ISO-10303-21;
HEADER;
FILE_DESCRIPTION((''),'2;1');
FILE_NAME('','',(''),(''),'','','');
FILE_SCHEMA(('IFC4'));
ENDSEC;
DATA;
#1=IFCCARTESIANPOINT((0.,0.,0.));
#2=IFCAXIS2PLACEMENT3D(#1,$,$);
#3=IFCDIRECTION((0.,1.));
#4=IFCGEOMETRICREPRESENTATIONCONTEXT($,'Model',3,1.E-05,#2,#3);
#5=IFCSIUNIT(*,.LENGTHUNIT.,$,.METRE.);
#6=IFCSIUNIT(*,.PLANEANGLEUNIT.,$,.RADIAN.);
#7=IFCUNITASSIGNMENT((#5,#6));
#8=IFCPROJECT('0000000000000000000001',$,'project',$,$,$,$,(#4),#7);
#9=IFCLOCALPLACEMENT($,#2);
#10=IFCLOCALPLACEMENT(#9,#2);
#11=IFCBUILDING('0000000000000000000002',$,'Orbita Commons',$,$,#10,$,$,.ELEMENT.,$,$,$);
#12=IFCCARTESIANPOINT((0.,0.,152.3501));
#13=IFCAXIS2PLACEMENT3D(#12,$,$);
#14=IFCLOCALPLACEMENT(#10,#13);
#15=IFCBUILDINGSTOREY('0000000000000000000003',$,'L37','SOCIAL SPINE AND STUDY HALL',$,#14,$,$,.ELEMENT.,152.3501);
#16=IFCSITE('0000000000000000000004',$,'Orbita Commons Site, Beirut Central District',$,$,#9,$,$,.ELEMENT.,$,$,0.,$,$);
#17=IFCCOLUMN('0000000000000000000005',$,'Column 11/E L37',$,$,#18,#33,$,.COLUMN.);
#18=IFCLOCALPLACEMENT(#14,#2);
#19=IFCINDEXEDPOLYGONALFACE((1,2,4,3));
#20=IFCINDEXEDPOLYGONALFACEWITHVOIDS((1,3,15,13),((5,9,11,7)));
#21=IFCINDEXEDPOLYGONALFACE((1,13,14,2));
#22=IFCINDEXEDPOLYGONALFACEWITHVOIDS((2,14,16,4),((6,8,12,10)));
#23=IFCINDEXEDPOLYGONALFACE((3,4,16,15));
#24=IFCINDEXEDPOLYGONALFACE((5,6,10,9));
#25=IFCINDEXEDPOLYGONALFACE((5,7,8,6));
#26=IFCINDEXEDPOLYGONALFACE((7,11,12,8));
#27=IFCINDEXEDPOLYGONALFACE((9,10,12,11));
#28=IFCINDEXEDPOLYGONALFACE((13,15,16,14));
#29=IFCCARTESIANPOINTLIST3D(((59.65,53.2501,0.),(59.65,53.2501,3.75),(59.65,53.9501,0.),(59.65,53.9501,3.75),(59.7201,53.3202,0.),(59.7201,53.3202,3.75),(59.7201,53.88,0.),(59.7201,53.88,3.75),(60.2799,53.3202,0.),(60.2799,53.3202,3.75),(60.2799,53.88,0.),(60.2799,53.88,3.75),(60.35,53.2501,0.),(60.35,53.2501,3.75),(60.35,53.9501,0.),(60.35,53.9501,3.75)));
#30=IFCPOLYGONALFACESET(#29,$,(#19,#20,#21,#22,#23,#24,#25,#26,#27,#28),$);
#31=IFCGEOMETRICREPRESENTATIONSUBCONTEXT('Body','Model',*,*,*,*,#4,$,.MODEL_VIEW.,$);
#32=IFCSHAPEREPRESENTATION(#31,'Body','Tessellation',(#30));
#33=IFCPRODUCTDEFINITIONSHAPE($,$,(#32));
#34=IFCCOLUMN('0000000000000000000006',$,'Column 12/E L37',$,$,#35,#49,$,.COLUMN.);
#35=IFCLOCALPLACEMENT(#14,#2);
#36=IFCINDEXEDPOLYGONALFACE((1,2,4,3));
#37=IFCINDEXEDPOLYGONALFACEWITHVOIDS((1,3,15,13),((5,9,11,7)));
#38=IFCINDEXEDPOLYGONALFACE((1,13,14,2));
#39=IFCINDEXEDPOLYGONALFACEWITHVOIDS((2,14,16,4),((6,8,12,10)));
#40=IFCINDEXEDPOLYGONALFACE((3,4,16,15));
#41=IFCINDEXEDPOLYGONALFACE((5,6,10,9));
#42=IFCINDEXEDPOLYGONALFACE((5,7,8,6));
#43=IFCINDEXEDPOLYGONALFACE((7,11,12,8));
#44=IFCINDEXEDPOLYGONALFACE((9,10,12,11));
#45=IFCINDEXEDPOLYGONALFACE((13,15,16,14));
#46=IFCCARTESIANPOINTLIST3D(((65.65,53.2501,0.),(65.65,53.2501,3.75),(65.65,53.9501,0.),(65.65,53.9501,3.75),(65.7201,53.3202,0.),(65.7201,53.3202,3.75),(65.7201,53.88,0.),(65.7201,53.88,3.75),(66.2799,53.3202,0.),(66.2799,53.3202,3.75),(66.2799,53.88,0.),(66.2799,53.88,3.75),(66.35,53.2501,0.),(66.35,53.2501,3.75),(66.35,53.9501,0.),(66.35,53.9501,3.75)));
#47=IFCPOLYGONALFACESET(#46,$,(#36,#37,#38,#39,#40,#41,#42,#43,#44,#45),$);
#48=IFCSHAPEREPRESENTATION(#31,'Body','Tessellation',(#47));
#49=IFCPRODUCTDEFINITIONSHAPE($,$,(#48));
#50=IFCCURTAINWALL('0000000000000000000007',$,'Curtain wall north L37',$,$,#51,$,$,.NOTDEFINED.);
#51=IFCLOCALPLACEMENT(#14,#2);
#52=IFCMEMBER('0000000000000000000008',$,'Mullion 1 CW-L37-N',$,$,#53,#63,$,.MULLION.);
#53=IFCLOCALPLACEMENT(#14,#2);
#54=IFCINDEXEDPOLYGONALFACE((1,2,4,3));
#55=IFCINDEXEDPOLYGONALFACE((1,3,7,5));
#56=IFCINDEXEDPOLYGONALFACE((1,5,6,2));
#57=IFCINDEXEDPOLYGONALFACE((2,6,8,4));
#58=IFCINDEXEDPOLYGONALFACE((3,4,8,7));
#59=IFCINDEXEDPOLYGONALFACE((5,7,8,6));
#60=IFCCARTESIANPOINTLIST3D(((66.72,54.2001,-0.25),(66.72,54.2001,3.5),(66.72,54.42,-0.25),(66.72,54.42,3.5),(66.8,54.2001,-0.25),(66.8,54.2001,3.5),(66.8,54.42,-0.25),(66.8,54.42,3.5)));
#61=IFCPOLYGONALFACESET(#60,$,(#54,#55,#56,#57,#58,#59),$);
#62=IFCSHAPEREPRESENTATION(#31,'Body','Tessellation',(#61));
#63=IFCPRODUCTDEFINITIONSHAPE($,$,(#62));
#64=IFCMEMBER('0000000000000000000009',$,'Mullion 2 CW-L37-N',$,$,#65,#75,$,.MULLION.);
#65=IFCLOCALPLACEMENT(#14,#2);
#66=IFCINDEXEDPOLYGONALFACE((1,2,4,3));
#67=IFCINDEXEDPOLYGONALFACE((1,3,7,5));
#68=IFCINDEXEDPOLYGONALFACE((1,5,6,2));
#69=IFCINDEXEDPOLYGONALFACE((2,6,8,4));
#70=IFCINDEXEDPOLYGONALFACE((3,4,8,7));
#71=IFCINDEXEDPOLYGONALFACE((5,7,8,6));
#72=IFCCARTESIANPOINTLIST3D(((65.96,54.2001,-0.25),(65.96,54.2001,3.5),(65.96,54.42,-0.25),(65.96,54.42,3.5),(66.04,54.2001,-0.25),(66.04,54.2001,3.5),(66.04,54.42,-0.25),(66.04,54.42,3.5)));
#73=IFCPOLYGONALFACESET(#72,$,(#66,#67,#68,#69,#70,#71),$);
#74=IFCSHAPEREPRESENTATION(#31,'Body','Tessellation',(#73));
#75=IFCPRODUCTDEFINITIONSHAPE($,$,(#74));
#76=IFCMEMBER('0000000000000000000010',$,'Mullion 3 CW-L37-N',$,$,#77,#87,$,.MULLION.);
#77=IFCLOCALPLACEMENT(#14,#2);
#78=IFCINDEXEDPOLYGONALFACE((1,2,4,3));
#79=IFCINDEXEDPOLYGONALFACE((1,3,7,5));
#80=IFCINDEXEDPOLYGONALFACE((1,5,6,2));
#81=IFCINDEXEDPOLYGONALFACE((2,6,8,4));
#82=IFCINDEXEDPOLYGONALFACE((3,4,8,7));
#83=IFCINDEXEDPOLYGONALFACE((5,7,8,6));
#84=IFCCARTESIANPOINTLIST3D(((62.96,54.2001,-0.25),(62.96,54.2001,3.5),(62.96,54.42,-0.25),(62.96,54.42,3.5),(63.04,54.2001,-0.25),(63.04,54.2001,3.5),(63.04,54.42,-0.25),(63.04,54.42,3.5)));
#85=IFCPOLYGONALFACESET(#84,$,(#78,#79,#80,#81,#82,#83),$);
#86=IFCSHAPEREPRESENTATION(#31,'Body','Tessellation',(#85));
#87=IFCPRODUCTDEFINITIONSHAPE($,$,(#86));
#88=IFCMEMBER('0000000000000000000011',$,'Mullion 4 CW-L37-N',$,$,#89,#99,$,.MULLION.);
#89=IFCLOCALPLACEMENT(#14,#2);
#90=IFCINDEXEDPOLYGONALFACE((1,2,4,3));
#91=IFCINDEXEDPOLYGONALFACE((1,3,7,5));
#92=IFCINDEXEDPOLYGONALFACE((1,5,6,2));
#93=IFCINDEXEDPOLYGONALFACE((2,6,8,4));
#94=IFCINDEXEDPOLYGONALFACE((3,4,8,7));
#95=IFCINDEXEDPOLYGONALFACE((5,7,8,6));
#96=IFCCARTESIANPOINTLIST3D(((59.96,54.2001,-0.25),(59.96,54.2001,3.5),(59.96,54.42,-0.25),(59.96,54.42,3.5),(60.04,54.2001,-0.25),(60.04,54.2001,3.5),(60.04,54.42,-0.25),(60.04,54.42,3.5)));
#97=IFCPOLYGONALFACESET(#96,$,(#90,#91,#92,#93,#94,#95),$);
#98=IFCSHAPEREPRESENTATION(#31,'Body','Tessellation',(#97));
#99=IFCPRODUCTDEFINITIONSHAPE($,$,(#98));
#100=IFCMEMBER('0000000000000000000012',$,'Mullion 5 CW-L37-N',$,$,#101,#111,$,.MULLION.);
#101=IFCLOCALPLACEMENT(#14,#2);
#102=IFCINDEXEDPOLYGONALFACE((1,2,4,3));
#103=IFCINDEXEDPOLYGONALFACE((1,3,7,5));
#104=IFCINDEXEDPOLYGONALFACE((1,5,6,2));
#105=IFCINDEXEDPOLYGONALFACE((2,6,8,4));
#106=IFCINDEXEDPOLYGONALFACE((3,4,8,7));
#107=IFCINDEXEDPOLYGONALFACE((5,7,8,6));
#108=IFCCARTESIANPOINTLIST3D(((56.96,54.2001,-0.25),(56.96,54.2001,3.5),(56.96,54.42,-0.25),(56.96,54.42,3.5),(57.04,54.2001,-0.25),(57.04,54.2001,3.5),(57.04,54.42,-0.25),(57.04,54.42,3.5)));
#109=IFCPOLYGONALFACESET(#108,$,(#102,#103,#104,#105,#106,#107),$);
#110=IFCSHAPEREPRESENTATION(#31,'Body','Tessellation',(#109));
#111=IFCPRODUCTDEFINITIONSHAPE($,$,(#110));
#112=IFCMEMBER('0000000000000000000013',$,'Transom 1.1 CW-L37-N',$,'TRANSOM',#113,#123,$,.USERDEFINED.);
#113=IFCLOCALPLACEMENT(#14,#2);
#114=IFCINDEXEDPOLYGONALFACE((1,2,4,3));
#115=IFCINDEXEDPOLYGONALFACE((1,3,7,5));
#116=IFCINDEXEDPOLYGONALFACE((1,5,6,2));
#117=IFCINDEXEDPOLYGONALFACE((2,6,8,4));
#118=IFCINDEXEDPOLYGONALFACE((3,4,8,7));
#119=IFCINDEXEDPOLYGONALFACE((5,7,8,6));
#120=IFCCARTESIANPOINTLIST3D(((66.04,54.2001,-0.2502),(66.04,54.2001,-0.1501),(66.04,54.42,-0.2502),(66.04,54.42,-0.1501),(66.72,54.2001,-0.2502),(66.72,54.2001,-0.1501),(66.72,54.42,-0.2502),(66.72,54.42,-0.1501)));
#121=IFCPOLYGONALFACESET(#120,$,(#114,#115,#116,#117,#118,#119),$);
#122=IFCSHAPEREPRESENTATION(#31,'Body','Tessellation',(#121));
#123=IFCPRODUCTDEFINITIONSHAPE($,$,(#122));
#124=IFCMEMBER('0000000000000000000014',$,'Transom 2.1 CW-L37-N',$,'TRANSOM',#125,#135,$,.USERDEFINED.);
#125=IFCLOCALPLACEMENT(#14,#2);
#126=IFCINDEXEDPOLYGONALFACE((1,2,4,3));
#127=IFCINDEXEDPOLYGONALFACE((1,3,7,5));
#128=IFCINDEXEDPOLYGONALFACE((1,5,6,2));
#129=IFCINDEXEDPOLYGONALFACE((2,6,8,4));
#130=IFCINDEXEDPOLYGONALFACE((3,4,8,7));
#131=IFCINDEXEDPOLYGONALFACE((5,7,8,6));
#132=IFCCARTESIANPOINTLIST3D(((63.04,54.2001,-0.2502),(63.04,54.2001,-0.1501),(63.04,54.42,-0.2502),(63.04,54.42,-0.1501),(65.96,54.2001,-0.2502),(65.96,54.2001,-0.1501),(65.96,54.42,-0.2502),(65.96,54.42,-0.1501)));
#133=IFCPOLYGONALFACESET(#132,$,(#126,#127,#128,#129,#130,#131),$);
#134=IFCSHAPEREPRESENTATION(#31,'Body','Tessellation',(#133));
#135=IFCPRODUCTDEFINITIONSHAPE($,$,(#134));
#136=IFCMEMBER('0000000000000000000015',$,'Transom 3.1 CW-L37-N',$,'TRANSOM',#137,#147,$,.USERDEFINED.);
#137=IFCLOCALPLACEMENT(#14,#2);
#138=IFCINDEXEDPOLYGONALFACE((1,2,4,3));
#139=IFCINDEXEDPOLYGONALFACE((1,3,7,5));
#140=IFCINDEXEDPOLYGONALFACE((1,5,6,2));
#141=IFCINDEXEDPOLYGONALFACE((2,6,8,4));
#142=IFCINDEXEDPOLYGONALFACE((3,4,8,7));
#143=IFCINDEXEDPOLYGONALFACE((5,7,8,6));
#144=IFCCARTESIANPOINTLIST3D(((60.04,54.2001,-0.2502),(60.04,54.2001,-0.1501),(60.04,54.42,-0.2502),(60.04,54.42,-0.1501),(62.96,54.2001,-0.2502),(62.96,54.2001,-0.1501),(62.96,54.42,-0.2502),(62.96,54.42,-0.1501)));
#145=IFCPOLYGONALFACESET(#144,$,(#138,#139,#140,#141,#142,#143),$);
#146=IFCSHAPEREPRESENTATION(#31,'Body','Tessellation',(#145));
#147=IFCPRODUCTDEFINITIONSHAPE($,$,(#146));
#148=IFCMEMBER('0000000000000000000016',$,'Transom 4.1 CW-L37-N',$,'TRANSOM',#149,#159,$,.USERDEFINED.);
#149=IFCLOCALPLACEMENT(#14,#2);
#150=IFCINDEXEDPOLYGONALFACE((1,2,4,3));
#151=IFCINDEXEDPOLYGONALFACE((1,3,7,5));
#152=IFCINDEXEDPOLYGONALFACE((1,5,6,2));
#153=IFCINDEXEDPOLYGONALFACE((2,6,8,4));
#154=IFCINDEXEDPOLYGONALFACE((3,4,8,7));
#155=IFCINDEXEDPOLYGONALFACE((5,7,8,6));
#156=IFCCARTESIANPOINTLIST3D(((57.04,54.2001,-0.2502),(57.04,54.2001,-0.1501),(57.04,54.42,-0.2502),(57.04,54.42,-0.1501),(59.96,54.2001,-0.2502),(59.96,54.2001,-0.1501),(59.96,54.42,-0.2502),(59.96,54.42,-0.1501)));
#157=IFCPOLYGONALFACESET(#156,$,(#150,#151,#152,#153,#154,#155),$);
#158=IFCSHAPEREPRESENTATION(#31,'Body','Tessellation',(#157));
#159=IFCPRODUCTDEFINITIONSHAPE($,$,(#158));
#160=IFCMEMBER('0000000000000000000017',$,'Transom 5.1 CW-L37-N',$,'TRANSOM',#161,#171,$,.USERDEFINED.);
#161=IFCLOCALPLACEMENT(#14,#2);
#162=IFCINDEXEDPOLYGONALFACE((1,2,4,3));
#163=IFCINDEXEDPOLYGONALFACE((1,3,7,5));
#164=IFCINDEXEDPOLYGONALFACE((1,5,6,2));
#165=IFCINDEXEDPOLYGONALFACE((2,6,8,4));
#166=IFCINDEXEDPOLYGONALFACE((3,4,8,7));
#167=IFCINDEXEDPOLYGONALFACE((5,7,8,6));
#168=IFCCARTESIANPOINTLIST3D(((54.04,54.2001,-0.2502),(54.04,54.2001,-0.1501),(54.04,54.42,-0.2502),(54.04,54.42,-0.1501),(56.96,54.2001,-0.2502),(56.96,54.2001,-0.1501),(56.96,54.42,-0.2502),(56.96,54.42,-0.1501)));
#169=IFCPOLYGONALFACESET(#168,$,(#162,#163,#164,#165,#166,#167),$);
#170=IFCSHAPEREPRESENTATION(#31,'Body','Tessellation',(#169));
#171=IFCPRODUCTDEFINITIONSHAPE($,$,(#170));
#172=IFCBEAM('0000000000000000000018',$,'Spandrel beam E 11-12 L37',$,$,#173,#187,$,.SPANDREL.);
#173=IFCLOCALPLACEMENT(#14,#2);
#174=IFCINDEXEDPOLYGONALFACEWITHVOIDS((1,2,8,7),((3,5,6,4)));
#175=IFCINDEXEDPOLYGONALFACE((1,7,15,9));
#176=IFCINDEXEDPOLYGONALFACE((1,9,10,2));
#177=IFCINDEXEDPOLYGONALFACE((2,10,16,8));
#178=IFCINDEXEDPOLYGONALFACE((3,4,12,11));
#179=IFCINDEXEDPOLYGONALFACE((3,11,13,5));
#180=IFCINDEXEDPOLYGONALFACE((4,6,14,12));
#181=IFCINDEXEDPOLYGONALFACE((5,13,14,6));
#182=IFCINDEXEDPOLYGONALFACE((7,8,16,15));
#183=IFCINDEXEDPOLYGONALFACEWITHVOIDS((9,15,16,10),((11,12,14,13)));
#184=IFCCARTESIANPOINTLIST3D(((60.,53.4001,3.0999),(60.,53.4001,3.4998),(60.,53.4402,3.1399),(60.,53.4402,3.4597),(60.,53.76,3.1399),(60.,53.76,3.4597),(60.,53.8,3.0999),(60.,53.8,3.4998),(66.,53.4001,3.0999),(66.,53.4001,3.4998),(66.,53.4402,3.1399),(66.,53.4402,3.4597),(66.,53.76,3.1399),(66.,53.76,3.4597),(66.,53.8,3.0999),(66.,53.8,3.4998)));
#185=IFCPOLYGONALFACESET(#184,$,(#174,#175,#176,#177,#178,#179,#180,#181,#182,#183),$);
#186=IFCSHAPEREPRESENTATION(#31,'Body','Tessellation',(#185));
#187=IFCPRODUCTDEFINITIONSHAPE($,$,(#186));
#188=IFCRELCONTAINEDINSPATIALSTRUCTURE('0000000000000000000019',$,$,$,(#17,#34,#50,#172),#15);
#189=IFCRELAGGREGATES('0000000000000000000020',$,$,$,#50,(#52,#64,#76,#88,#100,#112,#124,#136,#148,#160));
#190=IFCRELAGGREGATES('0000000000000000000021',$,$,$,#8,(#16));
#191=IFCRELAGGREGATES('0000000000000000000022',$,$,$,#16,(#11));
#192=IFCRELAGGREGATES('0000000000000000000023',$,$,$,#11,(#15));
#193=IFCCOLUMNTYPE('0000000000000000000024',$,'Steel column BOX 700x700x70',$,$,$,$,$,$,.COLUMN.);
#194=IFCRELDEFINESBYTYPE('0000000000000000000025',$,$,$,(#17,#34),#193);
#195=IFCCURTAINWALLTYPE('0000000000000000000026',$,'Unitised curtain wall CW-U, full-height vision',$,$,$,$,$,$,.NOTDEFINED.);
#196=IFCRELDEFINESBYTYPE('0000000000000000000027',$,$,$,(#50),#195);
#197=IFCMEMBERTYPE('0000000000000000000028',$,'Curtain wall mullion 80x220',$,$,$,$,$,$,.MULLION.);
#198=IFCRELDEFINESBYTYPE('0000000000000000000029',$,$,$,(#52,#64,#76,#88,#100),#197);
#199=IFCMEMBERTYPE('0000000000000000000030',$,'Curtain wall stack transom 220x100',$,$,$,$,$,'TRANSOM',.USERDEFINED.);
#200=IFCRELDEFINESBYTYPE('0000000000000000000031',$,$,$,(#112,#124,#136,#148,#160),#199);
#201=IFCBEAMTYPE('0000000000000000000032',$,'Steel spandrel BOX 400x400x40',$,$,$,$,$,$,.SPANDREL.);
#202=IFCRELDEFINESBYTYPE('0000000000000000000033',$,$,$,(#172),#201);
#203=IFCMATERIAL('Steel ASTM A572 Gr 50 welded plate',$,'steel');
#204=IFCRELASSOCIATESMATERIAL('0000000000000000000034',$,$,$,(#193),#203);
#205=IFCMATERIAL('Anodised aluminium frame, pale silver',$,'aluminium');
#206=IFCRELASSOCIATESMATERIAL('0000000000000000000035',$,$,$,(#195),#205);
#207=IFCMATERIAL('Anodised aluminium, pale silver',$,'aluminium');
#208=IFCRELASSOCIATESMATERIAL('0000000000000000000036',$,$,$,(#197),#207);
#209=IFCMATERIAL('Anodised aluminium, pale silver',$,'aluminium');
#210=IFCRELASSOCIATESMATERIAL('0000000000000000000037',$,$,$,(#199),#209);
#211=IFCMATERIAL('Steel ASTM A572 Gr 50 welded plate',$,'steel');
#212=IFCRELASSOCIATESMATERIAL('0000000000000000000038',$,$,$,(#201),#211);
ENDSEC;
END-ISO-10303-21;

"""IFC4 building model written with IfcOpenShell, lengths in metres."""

from ifc_helpers import new_model, si_unit, direction, frame, origin, origin_2d, place, context, subcontext, project, spatial, rectangle, hollow_rectangle, extrude, material, material_profile, profile_set, type_object, element, aggregate, save


model = new_model("IFC4")

# Units and contexts
model_context = context("Model", 3, precision=1e-05, world=origin(), true_north=direction((0.0, 1.0)))
body_context = subcontext(model_context, "Body", "Model", "MODEL_VIEW")
ifc_project = project(units=[si_unit("LENGTHUNIT", "METRE"), si_unit("PLANEANGLEUNIT", "RADIAN")], contexts=[model_context])

# Site, building, storey
site_placement = place(None, origin())
site = spatial("IfcSite", under=ifc_project, at=site_placement, Name="Orbita Commons Site, Beirut Central District", CompositionType="ELEMENT", RefElevation=0.0)
building_placement = place(site_placement, origin())
building = spatial("IfcBuilding", under=site, at=building_placement, Name="Orbita Commons", CompositionType="ELEMENT")
storey_placement = place(building_placement, frame((0.0, 0.0, 152.3501)))
storey = spatial("IfcBuildingStorey", under=building, at=storey_placement, Name="L37", Description="SOCIAL SPINE AND STUDY HALL", CompositionType="ELEMENT", Elevation=152.3501)

# Columns
ifc_material_1 = material(Name="Steel ASTM A572 Gr 50 welded plate", Category="steel")
ifc_material_profile_1 = material_profile(ifc_material_1, hollow_rectangle(XDim=0.7, YDim=0.7, WallThickness=0.0701, at=origin_2d()), Name="BOX 700x700x70")
ifc_profile_set_1 = profile_set([ifc_material_profile_1], Name="Steel ASTM A572 Gr 50 welded plate")
column_type = type_object("IfcColumnType", Name="Steel column BOX 700x700x70", PredefinedType="COLUMN", material=ifc_profile_set_1)
for number, where, z_axis, x_axis, name in (
    (1, (60.0, 53.6001, 0.0), (0.0, 0.0, 1.0), (1.0, 0.0, 0.0), "Column 11/E L37"),
    (2, (66.0, 53.6001, 0.0), (0.0, 0.0, 1.0), (1.0, 0.0, 0.0), "Column 12/E L37"),
):
    element("IfcColumn", number, at=place(storey_placement, frame(where, z_axis=z_axis, x_axis=x_axis)), inside=storey, type_object=column_type, Name=name, PredefinedType="COLUMN", context=body_context, shape_type="SweptSolid", body=[
        extrude(hollow_rectangle(XDim=0.7, YDim=0.7, WallThickness=0.0701, at=origin_2d()), origin(), (0.0, 0.0, 1.0), 3.75),
    ])

# Curtain wall, members
ifc_material_2 = material(Name="Anodised aluminium frame, pale silver", Category="aluminium")
curtain_wall_type = type_object("IfcCurtainWallType", Name="Unitised curtain wall CW-U, full-height vision", PredefinedType="NOTDEFINED", material=ifc_material_2)
curtain_wall_placement = place(storey_placement, origin())
curtain_wall = element("IfcCurtainWall", 3, at=curtain_wall_placement, inside=storey, type_object=curtain_wall_type, Name="Curtain wall north L37", PredefinedType="NOTDEFINED")
ifc_material_3 = material(Name="Anodised aluminium, pale silver", Category="aluminium")
ifc_material_profile_2 = material_profile(ifc_material_3, rectangle(XDim=0.0801, YDim=0.22, at=origin_2d()), Name="AL 80x220")
ifc_profile_set_2 = profile_set([ifc_material_profile_2], Name="Anodised aluminium, pale silver")
member_type_1 = type_object("IfcMemberType", Name="Curtain wall mullion 80x220", PredefinedType="MULLION", material=ifc_profile_set_2)
member_1_placement = place(storey_placement, frame((66.76, 54.3101, -0.25), z_axis=(0.0, 0.0, 1.0), x_axis=(-1.0, 0.0, 0.0)))
member_1 = element("IfcMember", 4, at=member_1_placement, type_object=member_type_1, Name="Mullion 1 CW-L37-N", PredefinedType="MULLION", context=body_context, shape_type="SweptSolid", body=[
    extrude(rectangle(XDim=0.0801, YDim=0.22, at=origin_2d()), origin(), (0.0, 0.0, 1.0), 3.75),
])
member_2_placement = place(storey_placement, frame((66.0, 54.3101, -0.25), z_axis=(0.0, 0.0, 1.0), x_axis=(-1.0, 0.0, 0.0)))
member_2 = element("IfcMember", 5, at=member_2_placement, type_object=member_type_1, Name="Mullion 2 CW-L37-N", PredefinedType="MULLION", context=body_context, shape_type="SweptSolid", body=[
    extrude(rectangle(XDim=0.0801, YDim=0.22, at=origin_2d()), origin(), (0.0, 0.0, 1.0), 3.75),
])
member_3_placement = place(storey_placement, frame((63.0, 54.3101, -0.25), z_axis=(0.0, 0.0, 1.0), x_axis=(-1.0, 0.0, 0.0)))
member_3 = element("IfcMember", 6, at=member_3_placement, type_object=member_type_1, Name="Mullion 3 CW-L37-N", PredefinedType="MULLION", context=body_context, shape_type="SweptSolid", body=[
    extrude(rectangle(XDim=0.0801, YDim=0.22, at=origin_2d()), origin(), (0.0, 0.0, 1.0), 3.75),
])
member_4_placement = place(storey_placement, frame((60.0, 54.3101, -0.25), z_axis=(0.0, 0.0, 1.0), x_axis=(-1.0, 0.0, 0.0)))
member_4 = element("IfcMember", 7, at=member_4_placement, type_object=member_type_1, Name="Mullion 4 CW-L37-N", PredefinedType="MULLION", context=body_context, shape_type="SweptSolid", body=[
    extrude(rectangle(XDim=0.0801, YDim=0.22, at=origin_2d()), origin(), (0.0, 0.0, 1.0), 3.75),
])
member_5_placement = place(storey_placement, frame((57.0, 54.3101, -0.25), z_axis=(0.0, 0.0, 1.0), x_axis=(-1.0, 0.0, 0.0)))
member_5 = element("IfcMember", 8, at=member_5_placement, type_object=member_type_1, Name="Mullion 5 CW-L37-N", PredefinedType="MULLION", context=body_context, shape_type="SweptSolid", body=[
    extrude(rectangle(XDim=0.0801, YDim=0.22, at=origin_2d()), origin(), (0.0, 0.0, 1.0), 3.75),
])
ifc_material_4 = material(Name="Anodised aluminium, pale silver", Category="aluminium")
ifc_material_profile_3 = material_profile(ifc_material_4, rectangle(XDim=0.22, YDim=0.1001, at=origin_2d()), Name="AL 220x100")
ifc_profile_set_3 = profile_set([ifc_material_profile_3], Name="Anodised aluminium, pale silver")
member_type_2 = type_object("IfcMemberType", Name="Curtain wall stack transom 220x100", ElementType="TRANSOM", PredefinedType="USERDEFINED", material=ifc_profile_set_3)
member_6_placement = place(storey_placement, frame((66.72, 54.3101, -0.2002), z_axis=(-1.0, 0.0, 0.0), x_axis=(0.0, -1.0, 0.0)))
member_6 = element("IfcMember", 9, at=member_6_placement, type_object=member_type_2, Name="Transom 1.1 CW-L37-N", ObjectType="TRANSOM", PredefinedType="USERDEFINED", context=body_context, shape_type="SweptSolid", body=[
    extrude(rectangle(XDim=0.22, YDim=0.1001, at=origin_2d()), origin(), (0.0, 0.0, 1.0), 0.6799),
])
member_7_placement = place(storey_placement, frame((65.96, 54.3101, -0.2002), z_axis=(-1.0, 0.0, 0.0), x_axis=(0.0, -1.0, 0.0)))
member_7 = element("IfcMember", 10, at=member_7_placement, type_object=member_type_2, Name="Transom 2.1 CW-L37-N", ObjectType="TRANSOM", PredefinedType="USERDEFINED", context=body_context, shape_type="SweptSolid", body=[
    extrude(rectangle(XDim=0.22, YDim=0.1001, at=origin_2d()), origin(), (0.0, 0.0, 1.0), 2.9199),
])
member_8_placement = place(storey_placement, frame((62.96, 54.3101, -0.2002), z_axis=(-1.0, 0.0, 0.0), x_axis=(0.0, -1.0, 0.0)))
member_8 = element("IfcMember", 11, at=member_8_placement, type_object=member_type_2, Name="Transom 3.1 CW-L37-N", ObjectType="TRANSOM", PredefinedType="USERDEFINED", context=body_context, shape_type="SweptSolid", body=[
    extrude(rectangle(XDim=0.22, YDim=0.1001, at=origin_2d()), origin(), (0.0, 0.0, 1.0), 2.9199),
])
member_9_placement = place(storey_placement, frame((59.96, 54.3101, -0.2002), z_axis=(-1.0, 0.0, 0.0), x_axis=(0.0, -1.0, 0.0)))
member_9 = element("IfcMember", 12, at=member_9_placement, type_object=member_type_2, Name="Transom 4.1 CW-L37-N", ObjectType="TRANSOM", PredefinedType="USERDEFINED", context=body_context, shape_type="SweptSolid", body=[
    extrude(rectangle(XDim=0.22, YDim=0.1001, at=origin_2d()), origin(), (0.0, 0.0, 1.0), 2.9199),
])
member_10_placement = place(storey_placement, frame((56.96, 54.3101, -0.2002), z_axis=(-1.0, 0.0, 0.0), x_axis=(0.0, -1.0, 0.0)))
member_10 = element("IfcMember", 13, at=member_10_placement, type_object=member_type_2, Name="Transom 5.1 CW-L37-N", ObjectType="TRANSOM", PredefinedType="USERDEFINED", context=body_context, shape_type="SweptSolid", body=[
    extrude(rectangle(XDim=0.22, YDim=0.1001, at=origin_2d()), origin(), (0.0, 0.0, 1.0), 2.9199),
])

# Beam
ifc_material_5 = material(Name="Steel ASTM A572 Gr 50 welded plate", Category="steel")
ifc_material_profile_4 = material_profile(ifc_material_5, hollow_rectangle(XDim=0.3999, YDim=0.3999, WallThickness=0.04, at=origin_2d()), Name="BOX 400x400x40")
ifc_profile_set_4 = profile_set([ifc_material_profile_4], Name="Steel ASTM A572 Gr 50 welded plate")
beam_type = type_object("IfcBeamType", Name="Steel spandrel BOX 400x400x40", PredefinedType="SPANDREL", material=ifc_profile_set_4)
beam_placement = place(storey_placement, frame((60.0, 53.6001, 3.2998), z_axis=(1.0, 0.0, 0.0), x_axis=(0.0, 1.0, 0.0)))
element("IfcBeam", 14, at=beam_placement, inside=storey, type_object=beam_type, Name="Spandrel beam E 11-12 L37", PredefinedType="SPANDREL", context=body_context, shape_type="SweptSolid", body=[
    extrude(hollow_rectangle(XDim=0.3999, YDim=0.3999, WallThickness=0.04, at=origin_2d()), origin(), (0.0, 0.0, 1.0), 6.0),
])

aggregate(curtain_wall, [member_1, member_2, member_3, member_4, member_5, member_6, member_7, member_8, member_9, member_10])

save(model, "model.ifc")
